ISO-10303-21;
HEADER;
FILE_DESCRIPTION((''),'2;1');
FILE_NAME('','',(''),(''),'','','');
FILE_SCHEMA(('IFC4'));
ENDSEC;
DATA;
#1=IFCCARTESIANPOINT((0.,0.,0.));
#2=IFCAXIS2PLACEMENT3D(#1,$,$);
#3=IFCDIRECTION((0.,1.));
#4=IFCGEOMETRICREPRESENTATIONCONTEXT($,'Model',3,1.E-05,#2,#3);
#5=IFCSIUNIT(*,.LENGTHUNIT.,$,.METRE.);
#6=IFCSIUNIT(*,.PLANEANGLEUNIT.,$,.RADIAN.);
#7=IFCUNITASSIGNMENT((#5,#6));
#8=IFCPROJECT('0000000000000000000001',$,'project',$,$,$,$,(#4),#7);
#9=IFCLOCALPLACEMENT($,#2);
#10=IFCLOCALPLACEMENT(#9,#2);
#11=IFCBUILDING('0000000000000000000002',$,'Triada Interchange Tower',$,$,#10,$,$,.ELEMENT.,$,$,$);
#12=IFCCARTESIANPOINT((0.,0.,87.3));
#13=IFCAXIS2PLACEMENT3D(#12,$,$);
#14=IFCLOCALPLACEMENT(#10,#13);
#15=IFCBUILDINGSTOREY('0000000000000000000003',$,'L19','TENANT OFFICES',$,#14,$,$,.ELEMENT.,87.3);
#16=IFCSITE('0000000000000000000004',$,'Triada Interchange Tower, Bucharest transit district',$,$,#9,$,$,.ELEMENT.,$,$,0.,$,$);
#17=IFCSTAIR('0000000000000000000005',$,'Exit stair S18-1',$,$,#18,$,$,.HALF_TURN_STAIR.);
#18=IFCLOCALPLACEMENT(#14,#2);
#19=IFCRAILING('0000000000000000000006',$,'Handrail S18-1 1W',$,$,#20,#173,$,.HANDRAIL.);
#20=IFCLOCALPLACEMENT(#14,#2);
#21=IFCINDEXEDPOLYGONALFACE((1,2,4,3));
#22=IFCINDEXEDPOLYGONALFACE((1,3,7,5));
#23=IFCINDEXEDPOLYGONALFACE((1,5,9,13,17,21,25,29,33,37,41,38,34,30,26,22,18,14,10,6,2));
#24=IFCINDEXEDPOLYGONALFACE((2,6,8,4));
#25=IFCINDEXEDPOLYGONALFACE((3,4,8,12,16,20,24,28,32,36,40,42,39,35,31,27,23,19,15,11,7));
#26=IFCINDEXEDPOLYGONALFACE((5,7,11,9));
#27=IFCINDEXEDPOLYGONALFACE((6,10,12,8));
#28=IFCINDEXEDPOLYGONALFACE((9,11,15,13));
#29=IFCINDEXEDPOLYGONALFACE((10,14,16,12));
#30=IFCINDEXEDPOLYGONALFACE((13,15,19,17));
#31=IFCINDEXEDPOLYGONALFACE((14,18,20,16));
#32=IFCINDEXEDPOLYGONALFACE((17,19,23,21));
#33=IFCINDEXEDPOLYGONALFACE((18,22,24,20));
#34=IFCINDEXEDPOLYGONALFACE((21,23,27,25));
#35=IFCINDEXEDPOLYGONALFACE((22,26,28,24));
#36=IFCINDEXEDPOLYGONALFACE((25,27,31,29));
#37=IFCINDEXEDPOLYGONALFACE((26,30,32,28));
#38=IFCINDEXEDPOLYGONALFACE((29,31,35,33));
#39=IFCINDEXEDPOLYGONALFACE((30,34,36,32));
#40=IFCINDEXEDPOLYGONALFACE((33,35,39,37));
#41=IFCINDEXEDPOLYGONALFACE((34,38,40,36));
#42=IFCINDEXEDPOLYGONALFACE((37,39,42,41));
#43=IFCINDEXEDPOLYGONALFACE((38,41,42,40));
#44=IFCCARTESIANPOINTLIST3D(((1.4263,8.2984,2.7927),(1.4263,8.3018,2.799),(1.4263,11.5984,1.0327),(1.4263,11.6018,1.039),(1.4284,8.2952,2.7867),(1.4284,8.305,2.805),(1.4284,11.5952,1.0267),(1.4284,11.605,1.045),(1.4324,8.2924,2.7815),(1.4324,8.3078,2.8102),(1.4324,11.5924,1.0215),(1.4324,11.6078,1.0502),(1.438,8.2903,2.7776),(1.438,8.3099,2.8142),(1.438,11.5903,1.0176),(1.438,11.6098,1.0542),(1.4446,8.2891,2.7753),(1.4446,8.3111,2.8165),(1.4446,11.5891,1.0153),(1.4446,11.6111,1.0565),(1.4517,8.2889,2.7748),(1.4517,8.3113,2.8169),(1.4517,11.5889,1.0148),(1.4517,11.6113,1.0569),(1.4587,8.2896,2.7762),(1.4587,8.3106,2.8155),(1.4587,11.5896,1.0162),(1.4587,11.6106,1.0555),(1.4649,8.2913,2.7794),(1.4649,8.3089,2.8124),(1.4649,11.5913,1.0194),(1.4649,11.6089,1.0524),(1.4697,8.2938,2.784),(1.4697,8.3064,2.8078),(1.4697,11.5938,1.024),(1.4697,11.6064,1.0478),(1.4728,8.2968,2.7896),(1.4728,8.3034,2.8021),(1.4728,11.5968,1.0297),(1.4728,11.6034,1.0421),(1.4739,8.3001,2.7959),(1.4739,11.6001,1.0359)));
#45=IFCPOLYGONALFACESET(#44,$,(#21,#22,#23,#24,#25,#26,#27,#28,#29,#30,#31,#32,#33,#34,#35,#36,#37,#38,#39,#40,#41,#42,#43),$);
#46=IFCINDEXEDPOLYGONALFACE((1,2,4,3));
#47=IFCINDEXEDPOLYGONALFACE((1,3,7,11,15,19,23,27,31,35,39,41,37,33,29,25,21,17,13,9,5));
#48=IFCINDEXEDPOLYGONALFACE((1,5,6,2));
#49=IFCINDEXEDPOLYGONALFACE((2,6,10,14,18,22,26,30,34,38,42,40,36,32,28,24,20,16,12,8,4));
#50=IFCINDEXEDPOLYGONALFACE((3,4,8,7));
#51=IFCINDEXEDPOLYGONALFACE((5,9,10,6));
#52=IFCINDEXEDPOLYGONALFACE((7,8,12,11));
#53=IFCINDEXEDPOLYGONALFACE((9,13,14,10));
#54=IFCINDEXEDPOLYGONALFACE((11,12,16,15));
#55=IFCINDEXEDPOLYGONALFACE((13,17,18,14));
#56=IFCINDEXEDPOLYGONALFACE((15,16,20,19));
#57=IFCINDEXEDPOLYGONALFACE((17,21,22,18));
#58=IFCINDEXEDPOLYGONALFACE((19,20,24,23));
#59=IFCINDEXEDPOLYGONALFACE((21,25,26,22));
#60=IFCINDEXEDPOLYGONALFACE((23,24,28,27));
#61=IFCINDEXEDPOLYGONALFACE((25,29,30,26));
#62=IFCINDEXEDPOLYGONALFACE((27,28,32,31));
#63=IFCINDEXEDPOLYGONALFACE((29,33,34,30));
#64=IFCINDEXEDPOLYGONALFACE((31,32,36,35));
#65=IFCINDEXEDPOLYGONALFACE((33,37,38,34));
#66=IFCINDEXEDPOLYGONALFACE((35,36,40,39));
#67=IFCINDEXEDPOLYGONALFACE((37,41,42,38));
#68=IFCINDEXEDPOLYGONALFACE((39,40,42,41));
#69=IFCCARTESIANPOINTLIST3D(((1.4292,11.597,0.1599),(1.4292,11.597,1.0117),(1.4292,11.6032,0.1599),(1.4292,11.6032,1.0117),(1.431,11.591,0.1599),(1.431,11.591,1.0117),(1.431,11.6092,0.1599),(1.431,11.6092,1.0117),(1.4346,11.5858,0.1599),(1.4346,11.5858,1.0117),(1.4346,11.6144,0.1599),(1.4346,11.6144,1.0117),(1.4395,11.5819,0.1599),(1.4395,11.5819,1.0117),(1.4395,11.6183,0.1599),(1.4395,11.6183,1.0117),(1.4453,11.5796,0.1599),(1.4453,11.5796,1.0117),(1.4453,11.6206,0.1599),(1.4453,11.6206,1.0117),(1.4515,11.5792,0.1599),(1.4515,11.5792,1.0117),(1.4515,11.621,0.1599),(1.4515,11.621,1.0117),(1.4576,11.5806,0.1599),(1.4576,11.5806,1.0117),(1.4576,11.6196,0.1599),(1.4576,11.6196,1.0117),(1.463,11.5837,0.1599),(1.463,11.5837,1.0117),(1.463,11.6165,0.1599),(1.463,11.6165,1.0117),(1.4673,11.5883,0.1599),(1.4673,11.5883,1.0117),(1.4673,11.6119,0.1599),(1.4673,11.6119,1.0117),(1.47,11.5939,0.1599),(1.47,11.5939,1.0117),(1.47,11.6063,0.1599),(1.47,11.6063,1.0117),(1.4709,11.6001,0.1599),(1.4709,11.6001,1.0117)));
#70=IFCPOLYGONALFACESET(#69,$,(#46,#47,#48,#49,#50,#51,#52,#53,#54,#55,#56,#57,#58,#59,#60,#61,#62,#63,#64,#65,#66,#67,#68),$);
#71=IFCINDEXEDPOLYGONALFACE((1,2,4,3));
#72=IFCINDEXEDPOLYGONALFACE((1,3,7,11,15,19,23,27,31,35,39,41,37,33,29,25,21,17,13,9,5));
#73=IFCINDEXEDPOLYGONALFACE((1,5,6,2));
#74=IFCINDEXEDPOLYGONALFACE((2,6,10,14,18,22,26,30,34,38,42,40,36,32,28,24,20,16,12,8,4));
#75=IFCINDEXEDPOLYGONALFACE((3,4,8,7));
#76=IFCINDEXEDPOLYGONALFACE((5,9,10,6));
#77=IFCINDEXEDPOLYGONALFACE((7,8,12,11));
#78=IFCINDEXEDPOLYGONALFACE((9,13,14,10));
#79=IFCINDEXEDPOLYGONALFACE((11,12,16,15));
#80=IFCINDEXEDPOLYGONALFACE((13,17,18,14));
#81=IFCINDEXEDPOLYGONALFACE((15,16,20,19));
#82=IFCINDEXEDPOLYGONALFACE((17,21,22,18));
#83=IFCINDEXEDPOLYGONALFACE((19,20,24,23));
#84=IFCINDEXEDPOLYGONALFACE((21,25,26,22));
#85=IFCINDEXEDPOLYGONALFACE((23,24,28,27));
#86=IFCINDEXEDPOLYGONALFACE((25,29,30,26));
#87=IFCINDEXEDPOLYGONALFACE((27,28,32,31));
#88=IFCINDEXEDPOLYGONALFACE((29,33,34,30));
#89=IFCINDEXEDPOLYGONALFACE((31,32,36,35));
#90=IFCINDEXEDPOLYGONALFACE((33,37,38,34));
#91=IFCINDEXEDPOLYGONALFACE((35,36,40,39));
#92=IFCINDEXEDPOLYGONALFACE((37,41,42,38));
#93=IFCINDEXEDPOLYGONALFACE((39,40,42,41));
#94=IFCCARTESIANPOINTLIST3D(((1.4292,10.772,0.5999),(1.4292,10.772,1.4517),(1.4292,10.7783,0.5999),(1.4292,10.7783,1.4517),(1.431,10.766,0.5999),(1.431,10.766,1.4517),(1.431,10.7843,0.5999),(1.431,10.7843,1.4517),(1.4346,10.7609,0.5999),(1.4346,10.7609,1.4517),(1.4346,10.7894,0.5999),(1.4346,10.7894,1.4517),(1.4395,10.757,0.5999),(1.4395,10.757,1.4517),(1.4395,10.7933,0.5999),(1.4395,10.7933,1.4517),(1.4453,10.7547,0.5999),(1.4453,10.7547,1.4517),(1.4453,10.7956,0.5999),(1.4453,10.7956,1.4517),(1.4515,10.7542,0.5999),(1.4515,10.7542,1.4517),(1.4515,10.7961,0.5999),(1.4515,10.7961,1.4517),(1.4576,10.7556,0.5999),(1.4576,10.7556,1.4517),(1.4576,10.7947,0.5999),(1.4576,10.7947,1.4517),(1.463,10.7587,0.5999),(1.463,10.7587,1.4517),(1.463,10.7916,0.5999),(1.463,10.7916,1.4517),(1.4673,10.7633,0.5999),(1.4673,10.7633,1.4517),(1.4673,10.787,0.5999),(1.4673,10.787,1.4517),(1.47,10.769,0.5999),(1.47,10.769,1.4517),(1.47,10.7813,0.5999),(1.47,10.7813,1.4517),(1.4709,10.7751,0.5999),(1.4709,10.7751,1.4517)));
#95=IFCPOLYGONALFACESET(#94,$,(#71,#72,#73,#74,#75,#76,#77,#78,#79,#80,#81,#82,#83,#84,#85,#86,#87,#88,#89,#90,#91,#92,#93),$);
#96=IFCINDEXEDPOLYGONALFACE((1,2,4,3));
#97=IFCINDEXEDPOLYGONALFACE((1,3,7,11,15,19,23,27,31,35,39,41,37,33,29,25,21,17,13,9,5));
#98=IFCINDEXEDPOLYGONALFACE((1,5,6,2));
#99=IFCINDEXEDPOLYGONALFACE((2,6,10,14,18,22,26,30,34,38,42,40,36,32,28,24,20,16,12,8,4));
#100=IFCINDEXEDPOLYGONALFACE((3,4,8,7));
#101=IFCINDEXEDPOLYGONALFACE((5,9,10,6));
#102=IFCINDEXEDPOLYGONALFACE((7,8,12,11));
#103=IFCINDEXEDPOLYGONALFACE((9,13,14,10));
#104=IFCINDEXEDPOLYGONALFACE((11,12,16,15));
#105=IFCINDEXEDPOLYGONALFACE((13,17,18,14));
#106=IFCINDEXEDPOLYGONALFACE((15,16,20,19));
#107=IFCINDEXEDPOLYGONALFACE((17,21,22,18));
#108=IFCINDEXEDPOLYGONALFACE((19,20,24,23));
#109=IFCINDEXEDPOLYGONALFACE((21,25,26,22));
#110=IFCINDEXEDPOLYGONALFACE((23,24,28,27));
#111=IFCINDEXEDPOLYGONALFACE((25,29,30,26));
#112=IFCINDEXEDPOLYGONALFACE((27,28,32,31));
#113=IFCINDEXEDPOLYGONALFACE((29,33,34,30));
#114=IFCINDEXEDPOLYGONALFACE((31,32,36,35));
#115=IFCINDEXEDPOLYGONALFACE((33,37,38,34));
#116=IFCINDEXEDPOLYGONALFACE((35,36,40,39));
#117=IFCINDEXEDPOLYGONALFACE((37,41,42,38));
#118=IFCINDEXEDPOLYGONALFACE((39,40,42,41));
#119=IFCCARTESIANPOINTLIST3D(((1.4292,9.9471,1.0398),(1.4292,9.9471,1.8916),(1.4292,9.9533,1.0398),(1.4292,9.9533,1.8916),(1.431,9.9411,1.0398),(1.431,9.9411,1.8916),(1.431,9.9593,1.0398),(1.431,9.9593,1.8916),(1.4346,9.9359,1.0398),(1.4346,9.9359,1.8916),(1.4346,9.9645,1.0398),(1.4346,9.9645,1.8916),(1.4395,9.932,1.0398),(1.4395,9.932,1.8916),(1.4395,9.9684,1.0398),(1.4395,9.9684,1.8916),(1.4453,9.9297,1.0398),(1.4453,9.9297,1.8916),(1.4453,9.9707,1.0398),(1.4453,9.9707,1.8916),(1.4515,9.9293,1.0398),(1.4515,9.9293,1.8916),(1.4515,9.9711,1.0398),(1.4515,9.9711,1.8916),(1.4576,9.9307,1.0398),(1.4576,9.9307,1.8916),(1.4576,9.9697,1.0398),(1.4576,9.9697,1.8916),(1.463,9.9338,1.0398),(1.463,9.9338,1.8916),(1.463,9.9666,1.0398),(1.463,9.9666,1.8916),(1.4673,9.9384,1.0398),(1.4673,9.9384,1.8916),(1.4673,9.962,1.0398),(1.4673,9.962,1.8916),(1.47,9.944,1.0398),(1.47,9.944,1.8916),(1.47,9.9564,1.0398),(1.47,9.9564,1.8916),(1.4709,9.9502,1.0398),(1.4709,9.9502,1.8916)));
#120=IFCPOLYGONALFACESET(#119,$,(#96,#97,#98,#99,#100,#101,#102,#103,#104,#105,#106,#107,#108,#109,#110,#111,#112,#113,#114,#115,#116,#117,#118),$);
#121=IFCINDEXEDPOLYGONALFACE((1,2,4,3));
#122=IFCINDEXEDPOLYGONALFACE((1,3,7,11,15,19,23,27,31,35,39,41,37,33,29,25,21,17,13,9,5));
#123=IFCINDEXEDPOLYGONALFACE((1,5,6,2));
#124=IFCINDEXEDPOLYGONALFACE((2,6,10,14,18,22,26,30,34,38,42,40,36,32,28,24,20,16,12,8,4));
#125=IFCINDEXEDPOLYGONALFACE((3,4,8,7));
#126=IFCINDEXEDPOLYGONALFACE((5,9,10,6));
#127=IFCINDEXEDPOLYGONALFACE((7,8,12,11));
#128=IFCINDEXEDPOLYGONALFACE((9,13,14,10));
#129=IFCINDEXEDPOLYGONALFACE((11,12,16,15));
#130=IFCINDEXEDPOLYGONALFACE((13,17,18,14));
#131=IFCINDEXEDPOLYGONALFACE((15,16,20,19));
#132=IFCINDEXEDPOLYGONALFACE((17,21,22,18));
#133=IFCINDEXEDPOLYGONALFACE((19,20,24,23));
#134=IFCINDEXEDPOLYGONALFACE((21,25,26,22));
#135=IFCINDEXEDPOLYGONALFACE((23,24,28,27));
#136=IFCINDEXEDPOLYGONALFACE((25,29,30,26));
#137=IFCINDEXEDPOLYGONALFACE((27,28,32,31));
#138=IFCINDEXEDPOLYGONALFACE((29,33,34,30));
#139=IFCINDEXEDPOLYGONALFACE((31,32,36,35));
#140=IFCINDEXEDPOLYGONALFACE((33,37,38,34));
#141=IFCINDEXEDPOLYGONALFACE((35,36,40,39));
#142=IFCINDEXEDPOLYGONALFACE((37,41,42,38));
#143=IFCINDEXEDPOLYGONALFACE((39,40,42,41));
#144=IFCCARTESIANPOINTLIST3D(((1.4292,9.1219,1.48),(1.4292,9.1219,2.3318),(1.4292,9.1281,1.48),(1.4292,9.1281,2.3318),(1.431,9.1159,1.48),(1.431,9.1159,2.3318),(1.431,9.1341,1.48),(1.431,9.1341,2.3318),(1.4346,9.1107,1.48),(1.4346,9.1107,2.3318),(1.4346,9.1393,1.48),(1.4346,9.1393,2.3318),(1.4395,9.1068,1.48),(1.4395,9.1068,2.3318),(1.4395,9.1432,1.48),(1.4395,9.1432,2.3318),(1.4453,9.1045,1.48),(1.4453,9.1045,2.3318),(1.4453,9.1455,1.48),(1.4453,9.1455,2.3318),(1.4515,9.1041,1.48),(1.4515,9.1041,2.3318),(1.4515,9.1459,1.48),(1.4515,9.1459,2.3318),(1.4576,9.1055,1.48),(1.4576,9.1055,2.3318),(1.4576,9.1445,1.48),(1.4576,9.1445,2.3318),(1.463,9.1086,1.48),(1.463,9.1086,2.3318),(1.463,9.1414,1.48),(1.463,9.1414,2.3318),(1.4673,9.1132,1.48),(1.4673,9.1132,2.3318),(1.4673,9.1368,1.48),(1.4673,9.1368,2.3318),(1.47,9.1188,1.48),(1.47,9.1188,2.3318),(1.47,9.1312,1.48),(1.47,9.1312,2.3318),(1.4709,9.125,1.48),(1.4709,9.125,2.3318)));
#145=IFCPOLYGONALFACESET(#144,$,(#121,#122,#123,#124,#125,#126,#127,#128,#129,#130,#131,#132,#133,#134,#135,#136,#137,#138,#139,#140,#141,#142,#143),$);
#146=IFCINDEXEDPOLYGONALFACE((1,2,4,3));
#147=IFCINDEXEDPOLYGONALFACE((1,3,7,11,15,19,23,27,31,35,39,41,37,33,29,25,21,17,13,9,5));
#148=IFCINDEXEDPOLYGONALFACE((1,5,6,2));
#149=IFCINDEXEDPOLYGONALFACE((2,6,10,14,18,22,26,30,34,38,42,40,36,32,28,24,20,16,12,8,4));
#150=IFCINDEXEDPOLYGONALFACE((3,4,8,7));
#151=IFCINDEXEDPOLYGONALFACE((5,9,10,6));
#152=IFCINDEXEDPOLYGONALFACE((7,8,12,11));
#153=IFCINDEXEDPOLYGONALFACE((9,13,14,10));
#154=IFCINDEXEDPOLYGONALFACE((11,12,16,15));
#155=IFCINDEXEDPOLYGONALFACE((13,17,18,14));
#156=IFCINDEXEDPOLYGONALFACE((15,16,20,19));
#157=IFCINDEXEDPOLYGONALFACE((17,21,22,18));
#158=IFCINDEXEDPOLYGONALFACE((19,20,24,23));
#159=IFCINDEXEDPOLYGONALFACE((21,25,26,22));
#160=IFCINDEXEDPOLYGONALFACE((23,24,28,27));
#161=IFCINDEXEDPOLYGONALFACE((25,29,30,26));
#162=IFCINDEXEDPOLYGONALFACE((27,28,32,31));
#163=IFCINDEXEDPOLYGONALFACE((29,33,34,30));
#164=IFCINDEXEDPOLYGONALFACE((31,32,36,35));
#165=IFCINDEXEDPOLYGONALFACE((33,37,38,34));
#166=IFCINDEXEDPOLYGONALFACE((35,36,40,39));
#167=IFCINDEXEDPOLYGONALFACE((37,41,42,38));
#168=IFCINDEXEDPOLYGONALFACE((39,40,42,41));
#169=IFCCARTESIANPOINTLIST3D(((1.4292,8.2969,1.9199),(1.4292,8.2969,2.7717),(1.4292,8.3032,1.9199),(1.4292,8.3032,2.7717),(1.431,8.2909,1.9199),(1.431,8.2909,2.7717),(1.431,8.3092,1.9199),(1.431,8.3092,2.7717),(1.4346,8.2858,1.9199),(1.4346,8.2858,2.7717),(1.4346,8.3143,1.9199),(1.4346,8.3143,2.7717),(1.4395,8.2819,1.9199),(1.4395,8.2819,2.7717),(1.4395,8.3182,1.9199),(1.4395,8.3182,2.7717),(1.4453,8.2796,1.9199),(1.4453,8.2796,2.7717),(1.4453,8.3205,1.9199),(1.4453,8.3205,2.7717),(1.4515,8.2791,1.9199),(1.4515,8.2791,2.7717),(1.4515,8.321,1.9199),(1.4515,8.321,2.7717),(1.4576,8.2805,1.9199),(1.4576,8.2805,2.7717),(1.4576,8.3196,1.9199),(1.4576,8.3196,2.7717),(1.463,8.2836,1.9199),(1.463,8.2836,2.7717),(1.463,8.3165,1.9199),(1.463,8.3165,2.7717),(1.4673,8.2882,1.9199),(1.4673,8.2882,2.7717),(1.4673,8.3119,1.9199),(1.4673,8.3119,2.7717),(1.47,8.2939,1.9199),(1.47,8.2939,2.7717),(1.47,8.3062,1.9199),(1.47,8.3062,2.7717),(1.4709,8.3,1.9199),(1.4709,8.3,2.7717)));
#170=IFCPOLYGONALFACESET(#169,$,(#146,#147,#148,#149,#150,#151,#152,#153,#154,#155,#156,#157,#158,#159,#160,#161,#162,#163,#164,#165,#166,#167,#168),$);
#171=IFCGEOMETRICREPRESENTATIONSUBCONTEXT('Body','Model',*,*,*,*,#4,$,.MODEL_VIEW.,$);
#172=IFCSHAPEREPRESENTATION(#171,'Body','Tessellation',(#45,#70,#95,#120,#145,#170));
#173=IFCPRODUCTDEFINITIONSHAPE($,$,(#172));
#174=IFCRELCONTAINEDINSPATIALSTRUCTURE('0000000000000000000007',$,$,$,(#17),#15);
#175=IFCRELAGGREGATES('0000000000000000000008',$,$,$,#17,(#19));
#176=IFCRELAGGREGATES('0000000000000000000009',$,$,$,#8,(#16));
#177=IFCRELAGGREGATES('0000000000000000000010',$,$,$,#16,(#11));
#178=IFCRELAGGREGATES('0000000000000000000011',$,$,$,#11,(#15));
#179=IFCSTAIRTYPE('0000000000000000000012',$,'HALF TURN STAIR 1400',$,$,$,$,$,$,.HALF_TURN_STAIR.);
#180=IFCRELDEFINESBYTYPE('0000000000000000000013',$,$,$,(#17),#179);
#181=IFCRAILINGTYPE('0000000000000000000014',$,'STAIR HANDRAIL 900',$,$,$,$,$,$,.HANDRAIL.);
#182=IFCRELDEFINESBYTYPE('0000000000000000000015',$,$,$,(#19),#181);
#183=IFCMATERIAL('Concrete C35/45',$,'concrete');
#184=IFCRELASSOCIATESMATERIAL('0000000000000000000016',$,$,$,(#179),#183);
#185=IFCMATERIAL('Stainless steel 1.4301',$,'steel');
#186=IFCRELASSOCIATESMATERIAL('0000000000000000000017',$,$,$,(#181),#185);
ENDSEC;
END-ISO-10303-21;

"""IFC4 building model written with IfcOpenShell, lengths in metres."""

from ifc_helpers import new_model, si_unit, direction, frame, origin, origin_2d, place, context, subcontext, project, spatial, circle, extrude, material, type_object, element, aggregate, save


model = new_model("IFC4")

# Units and contexts
model_context = context("Model", 3, precision=1e-05, world=origin(), true_north=direction((0.0, 1.0)))
body_context = subcontext(model_context, "Body", "Model", "MODEL_VIEW")
ifc_project = project(units=[si_unit("LENGTHUNIT", "METRE"), si_unit("PLANEANGLEUNIT", "RADIAN")], contexts=[model_context])

# Site, building, storey
site_placement = place(None, origin())
site = spatial("IfcSite", under=ifc_project, at=site_placement, Name="Triada Interchange Tower, Bucharest transit district", CompositionType="ELEMENT", RefElevation=0.0)
building_placement = place(site_placement, origin())
building = spatial("IfcBuilding", under=site, at=building_placement, Name="Triada Interchange Tower", CompositionType="ELEMENT")
storey_placement = place(building_placement, frame((0.0, 0.0, 87.3)))
storey = spatial("IfcBuildingStorey", under=building, at=storey_placement, Name="L19", Description="TENANT OFFICES", CompositionType="ELEMENT", Elevation=87.3)

# Stair
ifc_material_1 = material(Name="Concrete C35/45", Category="concrete")
stair_type = type_object("IfcStairType", Name="HALF TURN STAIR 1400", PredefinedType="HALF_TURN_STAIR", material=ifc_material_1)
stair_placement = place(storey_placement, origin())
stair = element("IfcStair", 1, at=stair_placement, inside=storey, type_object=stair_type, Name="Exit stair S18-1", PredefinedType="HALF_TURN_STAIR")

# Railing
ifc_material_2 = material(Name="Stainless steel 1.4301", Category="steel")
railing_type = type_object("IfcRailingType", Name="STAIR HANDRAIL 900", PredefinedType="HANDRAIL", material=ifc_material_2)
railing_1_placement = place(storey_placement, frame((1.45, 11.6001, 0.1599)))
railing_1 = element("IfcRailing", 2, at=railing_1_placement, type_object=railing_type, Name="Handrail S18-1 1W", PredefinedType="HANDRAIL", context=body_context, shape_type="SweptSolid", body=[
    extrude(circle(Radius=0.0239, at=origin_2d()), frame((0.0, 0.0, 0.876), z_axis=(0.0, -0.882355, 0.470585), x_axis=(1.0, 0.0, 0.0)), (0.0, 0.0, 1.0), 3.74),
    extrude(circle(Radius=0.021, at=origin_2d()), origin(), (0.0, 0.0, 1.0), 0.8518),
    extrude(circle(Radius=0.021, at=origin_2d()), frame((0.0, -0.825, 0.4399)), (0.0, 0.0, 1.0), 0.8518),
    extrude(circle(Radius=0.021, at=origin_2d()), frame((0.0, -1.6499, 0.8799)), (0.0, 0.0, 1.0), 0.8518),
    extrude(circle(Radius=0.021, at=origin_2d()), frame((0.0, -2.4751, 1.3201)), (0.0, 0.0, 1.0), 0.8518),
    extrude(circle(Radius=0.021, at=origin_2d()), frame((0.0, -3.3, 1.76)), (0.0, 0.0, 1.0), 0.8518),
])
aggregate(stair, [railing_1])

save(model, "model.ifc")
